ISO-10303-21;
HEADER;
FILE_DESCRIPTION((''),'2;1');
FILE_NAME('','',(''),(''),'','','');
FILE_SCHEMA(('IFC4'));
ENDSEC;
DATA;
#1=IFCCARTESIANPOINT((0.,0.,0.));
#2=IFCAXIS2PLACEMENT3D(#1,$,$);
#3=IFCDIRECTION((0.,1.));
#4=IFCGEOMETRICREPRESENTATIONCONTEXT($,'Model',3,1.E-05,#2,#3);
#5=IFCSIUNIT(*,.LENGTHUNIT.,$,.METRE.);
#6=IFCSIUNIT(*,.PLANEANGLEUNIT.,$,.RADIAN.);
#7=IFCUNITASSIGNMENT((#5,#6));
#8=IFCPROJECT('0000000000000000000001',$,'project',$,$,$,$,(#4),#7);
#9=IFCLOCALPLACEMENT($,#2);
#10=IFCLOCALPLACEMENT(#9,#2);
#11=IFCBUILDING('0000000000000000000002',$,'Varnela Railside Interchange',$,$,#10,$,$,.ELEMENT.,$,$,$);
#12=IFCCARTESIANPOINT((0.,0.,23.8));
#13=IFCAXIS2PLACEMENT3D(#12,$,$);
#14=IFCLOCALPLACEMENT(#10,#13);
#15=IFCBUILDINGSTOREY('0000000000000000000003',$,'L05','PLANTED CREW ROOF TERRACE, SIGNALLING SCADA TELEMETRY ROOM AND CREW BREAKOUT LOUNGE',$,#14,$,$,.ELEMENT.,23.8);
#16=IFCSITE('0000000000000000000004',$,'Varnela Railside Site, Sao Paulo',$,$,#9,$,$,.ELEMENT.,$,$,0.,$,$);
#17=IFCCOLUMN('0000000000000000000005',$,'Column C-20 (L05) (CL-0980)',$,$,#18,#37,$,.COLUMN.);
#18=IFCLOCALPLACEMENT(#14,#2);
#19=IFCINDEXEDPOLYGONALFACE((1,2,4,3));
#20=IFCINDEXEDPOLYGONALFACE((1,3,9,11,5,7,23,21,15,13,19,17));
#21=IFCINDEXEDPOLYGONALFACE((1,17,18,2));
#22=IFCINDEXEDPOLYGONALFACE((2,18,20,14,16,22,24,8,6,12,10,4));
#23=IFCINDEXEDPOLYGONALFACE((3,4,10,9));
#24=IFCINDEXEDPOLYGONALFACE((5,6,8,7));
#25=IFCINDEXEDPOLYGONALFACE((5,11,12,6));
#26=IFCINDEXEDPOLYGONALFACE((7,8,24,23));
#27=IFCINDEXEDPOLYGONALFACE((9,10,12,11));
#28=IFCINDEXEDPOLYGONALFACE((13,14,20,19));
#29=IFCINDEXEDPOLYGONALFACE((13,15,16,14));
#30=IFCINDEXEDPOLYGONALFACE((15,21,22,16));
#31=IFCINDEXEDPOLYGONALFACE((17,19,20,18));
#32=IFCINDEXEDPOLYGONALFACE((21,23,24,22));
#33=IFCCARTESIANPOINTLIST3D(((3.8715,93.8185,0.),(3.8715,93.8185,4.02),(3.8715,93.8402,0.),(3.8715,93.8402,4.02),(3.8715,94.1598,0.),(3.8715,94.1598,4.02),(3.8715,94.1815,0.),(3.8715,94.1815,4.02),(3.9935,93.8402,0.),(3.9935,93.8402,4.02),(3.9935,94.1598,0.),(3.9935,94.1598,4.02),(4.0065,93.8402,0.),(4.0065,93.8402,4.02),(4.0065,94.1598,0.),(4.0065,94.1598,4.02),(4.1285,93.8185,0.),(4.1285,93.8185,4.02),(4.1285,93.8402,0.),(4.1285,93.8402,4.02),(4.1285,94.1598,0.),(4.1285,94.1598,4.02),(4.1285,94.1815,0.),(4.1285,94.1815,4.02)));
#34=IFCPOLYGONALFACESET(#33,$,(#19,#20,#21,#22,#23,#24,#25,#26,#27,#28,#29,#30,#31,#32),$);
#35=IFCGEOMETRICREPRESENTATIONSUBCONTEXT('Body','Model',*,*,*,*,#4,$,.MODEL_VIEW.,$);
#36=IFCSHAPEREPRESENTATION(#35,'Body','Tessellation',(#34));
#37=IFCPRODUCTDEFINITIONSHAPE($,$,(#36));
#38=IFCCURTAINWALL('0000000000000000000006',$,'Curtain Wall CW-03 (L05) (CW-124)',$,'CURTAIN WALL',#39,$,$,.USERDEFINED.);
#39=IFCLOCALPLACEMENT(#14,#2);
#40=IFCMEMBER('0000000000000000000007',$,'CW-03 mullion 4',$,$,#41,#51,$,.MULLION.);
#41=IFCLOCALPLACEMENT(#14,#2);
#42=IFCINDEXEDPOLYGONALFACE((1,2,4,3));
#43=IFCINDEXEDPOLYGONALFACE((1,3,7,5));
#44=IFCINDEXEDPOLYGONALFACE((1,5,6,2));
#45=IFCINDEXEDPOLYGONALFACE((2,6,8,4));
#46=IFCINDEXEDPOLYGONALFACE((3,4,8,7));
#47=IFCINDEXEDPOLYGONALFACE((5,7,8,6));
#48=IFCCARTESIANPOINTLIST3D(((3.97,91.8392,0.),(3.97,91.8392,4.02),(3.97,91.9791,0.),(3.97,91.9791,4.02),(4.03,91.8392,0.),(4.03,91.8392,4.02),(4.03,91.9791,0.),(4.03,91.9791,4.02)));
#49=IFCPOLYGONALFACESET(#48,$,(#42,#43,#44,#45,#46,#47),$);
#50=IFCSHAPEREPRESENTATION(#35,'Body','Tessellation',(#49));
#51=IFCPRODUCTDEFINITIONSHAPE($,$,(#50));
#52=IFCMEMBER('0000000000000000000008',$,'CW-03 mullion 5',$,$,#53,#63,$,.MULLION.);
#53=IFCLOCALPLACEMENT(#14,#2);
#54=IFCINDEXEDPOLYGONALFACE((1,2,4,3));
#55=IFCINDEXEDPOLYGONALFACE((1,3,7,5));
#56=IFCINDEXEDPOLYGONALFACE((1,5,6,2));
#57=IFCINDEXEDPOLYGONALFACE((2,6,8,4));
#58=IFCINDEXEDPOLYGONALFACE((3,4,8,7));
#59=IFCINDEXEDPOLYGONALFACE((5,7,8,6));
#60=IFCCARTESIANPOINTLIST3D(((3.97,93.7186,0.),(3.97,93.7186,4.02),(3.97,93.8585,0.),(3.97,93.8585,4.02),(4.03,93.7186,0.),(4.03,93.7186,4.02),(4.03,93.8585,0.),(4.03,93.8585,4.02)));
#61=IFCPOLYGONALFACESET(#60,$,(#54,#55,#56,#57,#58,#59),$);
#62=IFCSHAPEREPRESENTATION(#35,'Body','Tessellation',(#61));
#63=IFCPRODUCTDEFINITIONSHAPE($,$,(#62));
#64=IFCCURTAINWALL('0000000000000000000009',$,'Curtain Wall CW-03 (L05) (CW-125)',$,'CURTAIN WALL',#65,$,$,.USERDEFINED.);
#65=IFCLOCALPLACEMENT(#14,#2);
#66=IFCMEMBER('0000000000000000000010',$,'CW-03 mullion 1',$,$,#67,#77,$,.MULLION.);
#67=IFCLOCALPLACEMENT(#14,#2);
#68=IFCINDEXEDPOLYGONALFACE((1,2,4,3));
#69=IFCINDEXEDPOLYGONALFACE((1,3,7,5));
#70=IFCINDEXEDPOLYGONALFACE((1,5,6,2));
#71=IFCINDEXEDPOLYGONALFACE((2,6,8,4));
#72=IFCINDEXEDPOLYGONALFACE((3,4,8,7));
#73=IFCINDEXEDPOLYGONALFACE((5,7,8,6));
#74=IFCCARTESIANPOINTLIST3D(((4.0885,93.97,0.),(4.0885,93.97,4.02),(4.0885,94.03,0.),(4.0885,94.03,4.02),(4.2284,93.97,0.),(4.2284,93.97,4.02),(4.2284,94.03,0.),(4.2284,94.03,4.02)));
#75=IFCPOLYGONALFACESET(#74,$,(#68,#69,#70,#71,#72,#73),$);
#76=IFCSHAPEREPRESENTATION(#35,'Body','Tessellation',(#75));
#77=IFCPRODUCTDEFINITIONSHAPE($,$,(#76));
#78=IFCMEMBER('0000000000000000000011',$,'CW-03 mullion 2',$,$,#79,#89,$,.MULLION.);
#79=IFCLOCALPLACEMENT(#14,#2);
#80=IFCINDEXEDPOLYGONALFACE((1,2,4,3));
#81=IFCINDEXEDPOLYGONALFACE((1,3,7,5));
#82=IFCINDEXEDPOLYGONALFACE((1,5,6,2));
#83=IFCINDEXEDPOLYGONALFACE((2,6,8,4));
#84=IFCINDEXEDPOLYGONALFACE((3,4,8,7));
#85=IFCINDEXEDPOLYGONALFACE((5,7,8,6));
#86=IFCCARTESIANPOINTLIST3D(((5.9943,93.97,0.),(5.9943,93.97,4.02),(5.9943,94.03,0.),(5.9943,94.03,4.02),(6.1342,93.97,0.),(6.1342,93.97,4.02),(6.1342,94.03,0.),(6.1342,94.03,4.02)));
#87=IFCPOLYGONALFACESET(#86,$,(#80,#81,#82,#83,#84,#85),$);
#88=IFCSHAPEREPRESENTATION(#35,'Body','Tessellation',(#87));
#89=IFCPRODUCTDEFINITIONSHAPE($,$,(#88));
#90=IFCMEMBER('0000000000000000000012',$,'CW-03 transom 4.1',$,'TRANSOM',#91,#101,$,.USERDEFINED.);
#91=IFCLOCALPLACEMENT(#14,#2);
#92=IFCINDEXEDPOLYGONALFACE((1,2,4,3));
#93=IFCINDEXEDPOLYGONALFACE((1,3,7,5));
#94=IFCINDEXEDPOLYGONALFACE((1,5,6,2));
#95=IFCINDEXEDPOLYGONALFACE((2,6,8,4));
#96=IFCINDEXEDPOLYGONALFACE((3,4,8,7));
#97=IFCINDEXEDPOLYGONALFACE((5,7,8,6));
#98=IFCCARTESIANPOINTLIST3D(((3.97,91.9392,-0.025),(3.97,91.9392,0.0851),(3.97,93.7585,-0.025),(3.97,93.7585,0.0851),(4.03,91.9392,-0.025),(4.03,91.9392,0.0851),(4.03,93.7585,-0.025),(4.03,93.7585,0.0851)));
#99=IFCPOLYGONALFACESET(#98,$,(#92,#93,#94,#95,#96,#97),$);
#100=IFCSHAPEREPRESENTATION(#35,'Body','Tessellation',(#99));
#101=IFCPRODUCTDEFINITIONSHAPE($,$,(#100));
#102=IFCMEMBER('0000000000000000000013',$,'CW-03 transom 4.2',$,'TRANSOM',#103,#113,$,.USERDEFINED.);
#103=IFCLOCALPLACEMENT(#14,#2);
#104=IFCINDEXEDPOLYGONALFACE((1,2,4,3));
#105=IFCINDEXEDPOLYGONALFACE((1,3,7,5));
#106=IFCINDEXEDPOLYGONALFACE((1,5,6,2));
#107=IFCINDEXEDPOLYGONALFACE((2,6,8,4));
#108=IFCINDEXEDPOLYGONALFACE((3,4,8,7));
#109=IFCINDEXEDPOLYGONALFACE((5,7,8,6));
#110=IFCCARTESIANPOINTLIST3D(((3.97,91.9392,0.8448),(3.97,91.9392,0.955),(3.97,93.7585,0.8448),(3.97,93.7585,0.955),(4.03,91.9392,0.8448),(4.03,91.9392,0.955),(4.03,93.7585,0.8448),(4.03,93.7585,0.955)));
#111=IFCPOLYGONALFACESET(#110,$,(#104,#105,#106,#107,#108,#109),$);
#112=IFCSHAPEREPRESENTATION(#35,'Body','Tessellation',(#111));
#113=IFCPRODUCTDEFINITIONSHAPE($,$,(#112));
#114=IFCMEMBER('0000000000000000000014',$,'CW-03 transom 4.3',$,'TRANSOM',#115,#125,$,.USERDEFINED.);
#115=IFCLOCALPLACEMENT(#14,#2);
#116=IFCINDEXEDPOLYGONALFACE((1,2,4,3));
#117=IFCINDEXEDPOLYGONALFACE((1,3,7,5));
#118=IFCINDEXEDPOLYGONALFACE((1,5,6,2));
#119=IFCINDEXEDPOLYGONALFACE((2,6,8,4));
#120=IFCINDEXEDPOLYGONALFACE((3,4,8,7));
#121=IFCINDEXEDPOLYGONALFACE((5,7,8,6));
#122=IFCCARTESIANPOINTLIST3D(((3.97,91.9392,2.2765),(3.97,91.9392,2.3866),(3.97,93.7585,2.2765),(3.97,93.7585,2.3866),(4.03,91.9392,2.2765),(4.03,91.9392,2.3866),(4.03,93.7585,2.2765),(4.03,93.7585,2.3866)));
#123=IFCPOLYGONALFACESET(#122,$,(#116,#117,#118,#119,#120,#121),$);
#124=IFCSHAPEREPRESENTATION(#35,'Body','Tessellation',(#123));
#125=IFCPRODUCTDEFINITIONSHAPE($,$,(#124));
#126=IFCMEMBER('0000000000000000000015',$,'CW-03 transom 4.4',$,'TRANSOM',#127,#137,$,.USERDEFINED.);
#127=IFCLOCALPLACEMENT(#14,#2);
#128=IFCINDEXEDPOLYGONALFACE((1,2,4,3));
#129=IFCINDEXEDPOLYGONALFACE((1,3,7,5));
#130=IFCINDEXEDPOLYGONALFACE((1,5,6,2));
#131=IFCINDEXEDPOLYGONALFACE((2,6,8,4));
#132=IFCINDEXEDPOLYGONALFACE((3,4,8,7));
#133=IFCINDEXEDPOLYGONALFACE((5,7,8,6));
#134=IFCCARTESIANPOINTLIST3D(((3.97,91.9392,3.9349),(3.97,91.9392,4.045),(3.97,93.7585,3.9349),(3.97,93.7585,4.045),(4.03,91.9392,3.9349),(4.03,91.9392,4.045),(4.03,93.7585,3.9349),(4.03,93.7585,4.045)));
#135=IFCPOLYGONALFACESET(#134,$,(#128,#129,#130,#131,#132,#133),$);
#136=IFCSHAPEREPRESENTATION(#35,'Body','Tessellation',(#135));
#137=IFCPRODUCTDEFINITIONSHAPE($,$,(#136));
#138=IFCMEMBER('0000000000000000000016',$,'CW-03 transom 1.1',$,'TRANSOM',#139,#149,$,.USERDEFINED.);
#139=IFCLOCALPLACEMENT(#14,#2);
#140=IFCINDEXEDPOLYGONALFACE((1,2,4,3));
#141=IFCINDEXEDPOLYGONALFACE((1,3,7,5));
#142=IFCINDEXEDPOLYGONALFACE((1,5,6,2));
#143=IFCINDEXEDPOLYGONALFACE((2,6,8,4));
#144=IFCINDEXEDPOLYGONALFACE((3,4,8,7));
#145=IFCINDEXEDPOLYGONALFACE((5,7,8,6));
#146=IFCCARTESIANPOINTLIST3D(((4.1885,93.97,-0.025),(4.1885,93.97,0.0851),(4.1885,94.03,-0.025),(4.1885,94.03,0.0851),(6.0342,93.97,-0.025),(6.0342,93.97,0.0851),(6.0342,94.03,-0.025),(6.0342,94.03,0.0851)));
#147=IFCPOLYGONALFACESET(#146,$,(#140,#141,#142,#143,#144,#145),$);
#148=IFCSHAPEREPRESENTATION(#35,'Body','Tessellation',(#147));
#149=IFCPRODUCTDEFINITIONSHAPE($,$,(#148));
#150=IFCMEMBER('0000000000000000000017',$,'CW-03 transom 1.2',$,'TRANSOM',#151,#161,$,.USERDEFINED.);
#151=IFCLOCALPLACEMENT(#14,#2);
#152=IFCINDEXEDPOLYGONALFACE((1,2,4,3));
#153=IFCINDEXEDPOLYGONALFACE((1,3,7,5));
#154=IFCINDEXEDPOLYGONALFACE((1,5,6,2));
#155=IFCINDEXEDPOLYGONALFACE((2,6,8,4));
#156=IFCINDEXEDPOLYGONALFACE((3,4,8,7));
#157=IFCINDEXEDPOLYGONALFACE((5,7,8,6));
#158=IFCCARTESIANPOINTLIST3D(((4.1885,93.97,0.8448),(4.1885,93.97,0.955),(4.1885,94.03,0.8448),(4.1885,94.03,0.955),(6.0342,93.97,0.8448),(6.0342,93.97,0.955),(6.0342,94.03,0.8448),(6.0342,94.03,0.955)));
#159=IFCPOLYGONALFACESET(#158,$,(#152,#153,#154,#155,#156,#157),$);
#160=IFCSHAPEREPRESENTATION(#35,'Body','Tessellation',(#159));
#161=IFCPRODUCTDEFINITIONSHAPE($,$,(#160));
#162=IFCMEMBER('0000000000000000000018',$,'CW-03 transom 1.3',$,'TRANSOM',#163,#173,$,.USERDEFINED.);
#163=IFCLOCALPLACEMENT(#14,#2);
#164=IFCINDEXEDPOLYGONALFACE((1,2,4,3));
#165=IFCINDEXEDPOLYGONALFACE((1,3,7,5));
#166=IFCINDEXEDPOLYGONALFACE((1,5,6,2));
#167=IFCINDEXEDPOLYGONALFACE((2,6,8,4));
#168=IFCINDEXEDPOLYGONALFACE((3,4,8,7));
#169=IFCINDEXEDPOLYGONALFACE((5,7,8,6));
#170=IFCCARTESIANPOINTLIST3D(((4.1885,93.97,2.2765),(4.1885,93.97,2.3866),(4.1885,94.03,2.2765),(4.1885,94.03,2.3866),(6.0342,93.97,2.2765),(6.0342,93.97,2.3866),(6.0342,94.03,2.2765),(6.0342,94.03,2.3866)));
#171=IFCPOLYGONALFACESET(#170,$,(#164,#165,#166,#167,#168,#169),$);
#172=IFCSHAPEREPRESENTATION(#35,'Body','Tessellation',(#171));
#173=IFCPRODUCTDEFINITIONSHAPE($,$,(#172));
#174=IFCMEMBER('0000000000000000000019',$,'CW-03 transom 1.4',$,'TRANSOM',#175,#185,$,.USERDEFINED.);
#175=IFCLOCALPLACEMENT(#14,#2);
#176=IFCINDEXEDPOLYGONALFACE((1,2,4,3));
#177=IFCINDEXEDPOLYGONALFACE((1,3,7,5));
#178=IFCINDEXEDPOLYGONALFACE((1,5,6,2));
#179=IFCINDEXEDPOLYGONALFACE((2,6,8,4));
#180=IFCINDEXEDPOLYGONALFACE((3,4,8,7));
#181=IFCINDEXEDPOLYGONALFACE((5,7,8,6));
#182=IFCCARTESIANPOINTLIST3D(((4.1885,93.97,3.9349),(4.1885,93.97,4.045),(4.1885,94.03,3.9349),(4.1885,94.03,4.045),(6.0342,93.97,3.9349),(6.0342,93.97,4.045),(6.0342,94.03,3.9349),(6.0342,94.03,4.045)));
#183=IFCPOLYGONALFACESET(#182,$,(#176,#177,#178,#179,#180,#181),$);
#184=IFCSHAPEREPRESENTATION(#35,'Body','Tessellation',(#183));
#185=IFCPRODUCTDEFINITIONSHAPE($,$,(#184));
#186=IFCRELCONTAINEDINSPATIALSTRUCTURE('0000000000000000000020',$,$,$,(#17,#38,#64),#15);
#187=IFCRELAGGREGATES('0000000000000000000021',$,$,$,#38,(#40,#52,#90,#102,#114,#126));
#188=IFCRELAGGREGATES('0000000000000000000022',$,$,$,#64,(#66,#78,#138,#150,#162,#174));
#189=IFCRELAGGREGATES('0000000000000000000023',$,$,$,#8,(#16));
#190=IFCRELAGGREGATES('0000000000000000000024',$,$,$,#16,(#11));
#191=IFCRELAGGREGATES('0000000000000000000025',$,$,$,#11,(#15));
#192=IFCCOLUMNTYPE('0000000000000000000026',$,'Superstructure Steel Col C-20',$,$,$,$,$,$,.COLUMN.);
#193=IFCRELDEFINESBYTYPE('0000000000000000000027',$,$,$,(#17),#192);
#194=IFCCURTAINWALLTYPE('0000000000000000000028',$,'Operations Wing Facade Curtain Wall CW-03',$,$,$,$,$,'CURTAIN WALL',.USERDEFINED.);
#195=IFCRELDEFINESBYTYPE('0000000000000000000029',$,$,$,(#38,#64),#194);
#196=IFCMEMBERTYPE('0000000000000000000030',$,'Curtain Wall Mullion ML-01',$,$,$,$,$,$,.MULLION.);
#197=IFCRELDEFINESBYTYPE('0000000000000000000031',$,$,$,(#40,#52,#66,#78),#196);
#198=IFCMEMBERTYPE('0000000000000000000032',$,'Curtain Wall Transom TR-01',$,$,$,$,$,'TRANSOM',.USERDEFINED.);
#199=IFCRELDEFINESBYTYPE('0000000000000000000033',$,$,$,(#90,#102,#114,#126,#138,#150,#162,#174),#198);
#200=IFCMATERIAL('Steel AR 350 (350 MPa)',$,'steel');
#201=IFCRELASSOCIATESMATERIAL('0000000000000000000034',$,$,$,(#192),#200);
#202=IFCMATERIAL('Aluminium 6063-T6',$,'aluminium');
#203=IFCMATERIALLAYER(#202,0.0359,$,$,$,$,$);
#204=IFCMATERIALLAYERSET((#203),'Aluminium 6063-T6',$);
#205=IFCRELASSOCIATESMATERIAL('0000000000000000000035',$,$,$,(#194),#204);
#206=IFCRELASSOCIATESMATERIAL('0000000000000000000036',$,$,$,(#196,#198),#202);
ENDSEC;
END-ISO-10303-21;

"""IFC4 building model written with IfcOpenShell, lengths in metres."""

from ifc_helpers import new_model, si_unit, direction, frame, origin, origin_2d, place, context, subcontext, project, spatial, rectangle, i_section, extrude, material, layer, layer_set, material_profile, profile_set, type_object, element, aggregate, save


model = new_model("IFC4")

# Units and contexts
model_context = context("Model", 3, precision=1e-05, world=origin(), true_north=direction((0.0, 1.0)))
body_context = subcontext(model_context, "Body", "Model", "MODEL_VIEW")
ifc_project = project(units=[si_unit("LENGTHUNIT", "METRE"), si_unit("PLANEANGLEUNIT", "RADIAN")], contexts=[model_context])

# Site, building, storey
site_placement = place(None, origin())
site = spatial("IfcSite", under=ifc_project, at=site_placement, Name="Varnela Railside Site, Sao Paulo", CompositionType="ELEMENT", RefElevation=0.0)
building_placement = place(site_placement, origin())
building = spatial("IfcBuilding", under=site, at=building_placement, Name="Varnela Railside Interchange", CompositionType="ELEMENT")
storey_placement = place(building_placement, frame((0.0, 0.0, 23.8)))
storey = spatial("IfcBuildingStorey", under=building, at=storey_placement, Name="L05", Description="PLANTED CREW ROOF TERRACE, SIGNALLING SCADA TELEMETRY ROOM AND CREW BREAKOUT LOUNGE", CompositionType="ELEMENT", Elevation=23.8)

# Column
ifc_material_1 = material(Name="Steel AR 350 (350 MPa)", Category="steel")
ifc_material_profile_1 = material_profile(ifc_material_1, i_section(OverallWidth=0.2571, OverallDepth=0.363, WebThickness=0.0129, FlangeThickness=0.0217, at=origin_2d()), Name="W360x122")
ifc_profile_set_1 = profile_set([ifc_material_profile_1], Name="Steel AR 350 (350 MPa)")
column_type = type_object("IfcColumnType", Name="Superstructure Steel Col C-20", PredefinedType="COLUMN", material=ifc_profile_set_1)
column_placement = place(storey_placement, frame((4.0, 94.0, 0.0), z_axis=(0.0, 0.0, 1.0), x_axis=(1.0, 0.0, 0.0)))
element("IfcColumn", 1, at=column_placement, inside=storey, type_object=column_type, Name="Column C-20 (L05) (CL-0980)", PredefinedType="COLUMN", context=body_context, shape_type="SweptSolid", body=[
    extrude(i_section(OverallWidth=0.2571, OverallDepth=0.363, WebThickness=0.0129, FlangeThickness=0.0217, at=origin_2d()), origin(), (0.0, 0.0, 1.0), 4.02),
])

# Curtain walls, members
ifc_material_2 = material(Name="Aluminium 6063-T6", Category="aluminium")
ifc_layer_1 = layer(ifc_material_2, 0.0359)
ifc_layer_set_1 = layer_set([ifc_layer_1], Name="Aluminium 6063-T6")
curtain_wall_type = type_object("IfcCurtainWallType", Name="Operations Wing Facade Curtain Wall CW-03", ElementType="CURTAIN WALL", PredefinedType="USERDEFINED", material=ifc_layer_set_1)
curtain_wall_1_placement = place(storey_placement, origin())
curtain_wall_1 = element("IfcCurtainWall", 2, at=curtain_wall_1_placement, inside=storey, type_object=curtain_wall_type, Name="Curtain Wall CW-03 (L05) (CW-124)", ObjectType="CURTAIN WALL", PredefinedType="USERDEFINED")
ifc_material_profile_2 = material_profile(ifc_material_2, rectangle(XDim=0.0601, YDim=0.1399, at=origin_2d()), Name="ALU 60x140")
ifc_profile_set_2 = profile_set([ifc_material_profile_2], Name="Aluminium 6063-T6")
member_type_1 = type_object("IfcMemberType", Name="Curtain Wall Mullion ML-01", PredefinedType="MULLION", material=ifc_profile_set_2)
member_1_placement = place(storey_placement, frame((4.0, 91.9092, 0.0), z_axis=(0.0, 0.0, 1.0), x_axis=(-1.0, 0.0, 0.0)))
member_1 = element("IfcMember", 3, at=member_1_placement, type_object=member_type_1, Name="CW-03 mullion 4", PredefinedType="MULLION", context=body_context, shape_type="SweptSolid", body=[
    extrude(rectangle(XDim=0.0601, YDim=0.1399, at=origin_2d()), origin(), (0.0, 0.0, 1.0), 4.02),
])
member_2_placement = place(storey_placement, frame((4.0, 93.7886, 0.0), z_axis=(0.0, 0.0, 1.0), x_axis=(-1.0, 0.0, 0.0)))
member_2 = element("IfcMember", 4, at=member_2_placement, type_object=member_type_1, Name="CW-03 mullion 5", PredefinedType="MULLION", context=body_context, shape_type="SweptSolid", body=[
    extrude(rectangle(XDim=0.0601, YDim=0.1399, at=origin_2d()), origin(), (0.0, 0.0, 1.0), 4.02),
])
curtain_wall_2_placement = place(storey_placement, origin())
curtain_wall_2 = element("IfcCurtainWall", 5, at=curtain_wall_2_placement, inside=storey, type_object=curtain_wall_type, Name="Curtain Wall CW-03 (L05) (CW-125)", ObjectType="CURTAIN WALL", PredefinedType="USERDEFINED")
member_3_placement = place(storey_placement, frame((4.1584, 94.0, 0.0), z_axis=(0.0, 0.0, 1.0), x_axis=(0.0, 1.0, 0.0)))
member_3 = element("IfcMember", 6, at=member_3_placement, type_object=member_type_1, Name="CW-03 mullion 1", PredefinedType="MULLION", context=body_context, shape_type="SweptSolid", body=[
    extrude(rectangle(XDim=0.0601, YDim=0.1399, at=origin_2d()), origin(), (0.0, 0.0, 1.0), 4.02),
])
member_4_placement = place(storey_placement, frame((6.0642, 94.0, 0.0), z_axis=(0.0, 0.0, 1.0), x_axis=(0.0, 1.0, 0.0)))
member_4 = element("IfcMember", 7, at=member_4_placement, type_object=member_type_1, Name="CW-03 mullion 2", PredefinedType="MULLION", context=body_context, shape_type="SweptSolid", body=[
    extrude(rectangle(XDim=0.0601, YDim=0.1399, at=origin_2d()), origin(), (0.0, 0.0, 1.0), 4.02),
])

# Members
ifc_material_profile_3 = material_profile(ifc_material_2, rectangle(XDim=0.0601, YDim=0.1101, at=origin_2d()), Name="ALU 60x110")
ifc_profile_set_3 = profile_set([ifc_material_profile_3], Name="Aluminium 6063-T6")
member_type_2 = type_object("IfcMemberType", Name="Curtain Wall Transom TR-01", ElementType="TRANSOM", PredefinedType="USERDEFINED", material=ifc_profile_set_3)
member_5_placement = place(storey_placement, frame((4.0, 91.9392, 0.03), z_axis=(0.0, 1.0, 0.0), x_axis=(-1.0, 0.0, 0.0)))
member_5 = element("IfcMember", 8, at=member_5_placement, type_object=member_type_2, Name="CW-03 transom 4.1", ObjectType="TRANSOM", PredefinedType="USERDEFINED", context=body_context, shape_type="SweptSolid", body=[
    extrude(rectangle(XDim=0.0601, YDim=0.1101, at=origin_2d()), origin(), (0.0, 0.0, 1.0), 1.8193),
])
member_6_placement = place(storey_placement, frame((4.0, 91.9392, 0.8999), z_axis=(0.0, 1.0, 0.0), x_axis=(-1.0, 0.0, 0.0)))
member_6 = element("IfcMember", 9, at=member_6_placement, type_object=member_type_2, Name="CW-03 transom 4.2", ObjectType="TRANSOM", PredefinedType="USERDEFINED", context=body_context, shape_type="SweptSolid", body=[
    extrude(rectangle(XDim=0.0601, YDim=0.1101, at=origin_2d()), origin(), (0.0, 0.0, 1.0), 1.8193),
])
member_7_placement = place(storey_placement, frame((4.0, 91.9392, 2.3315), z_axis=(0.0, 1.0, 0.0), x_axis=(-1.0, 0.0, 0.0)))
member_7 = element("IfcMember", 10, at=member_7_placement, type_object=member_type_2, Name="CW-03 transom 4.3", ObjectType="TRANSOM", PredefinedType="USERDEFINED", context=body_context, shape_type="SweptSolid", body=[
    extrude(rectangle(XDim=0.0601, YDim=0.1101, at=origin_2d()), origin(), (0.0, 0.0, 1.0), 1.8193),
])
member_8_placement = place(storey_placement, frame((4.0, 91.9392, 3.99), z_axis=(0.0, 1.0, 0.0), x_axis=(-1.0, 0.0, 0.0)))
member_8 = element("IfcMember", 11, at=member_8_placement, type_object=member_type_2, Name="CW-03 transom 4.4", ObjectType="TRANSOM", PredefinedType="USERDEFINED", context=body_context, shape_type="SweptSolid", body=[
    extrude(rectangle(XDim=0.0601, YDim=0.1101, at=origin_2d()), origin(), (0.0, 0.0, 1.0), 1.8193),
])
member_9_placement = place(storey_placement, frame((4.1885, 94.0, 0.03), z_axis=(1.0, 0.0, 0.0), x_axis=(0.0, 1.0, 0.0)))
member_9 = element("IfcMember", 12, at=member_9_placement, type_object=member_type_2, Name="CW-03 transom 1.1", ObjectType="TRANSOM", PredefinedType="USERDEFINED", context=body_context, shape_type="SweptSolid", body=[
    extrude(rectangle(XDim=0.0601, YDim=0.1101, at=origin_2d()), origin(), (0.0, 0.0, 1.0), 1.8457),
])
member_10_placement = place(storey_placement, frame((4.1885, 94.0, 0.8999), z_axis=(1.0, 0.0, 0.0), x_axis=(0.0, 1.0, 0.0)))
member_10 = element("IfcMember", 13, at=member_10_placement, type_object=member_type_2, Name="CW-03 transom 1.2", ObjectType="TRANSOM", PredefinedType="USERDEFINED", context=body_context, shape_type="SweptSolid", body=[
    extrude(rectangle(XDim=0.0601, YDim=0.1101, at=origin_2d()), origin(), (0.0, 0.0, 1.0), 1.8457),
])
member_11_placement = place(storey_placement, frame((4.1885, 94.0, 2.3315), z_axis=(1.0, 0.0, 0.0), x_axis=(0.0, 1.0, 0.0)))
member_11 = element("IfcMember", 14, at=member_11_placement, type_object=member_type_2, Name="CW-03 transom 1.3", ObjectType="TRANSOM", PredefinedType="USERDEFINED", context=body_context, shape_type="SweptSolid", body=[
    extrude(rectangle(XDim=0.0601, YDim=0.1101, at=origin_2d()), origin(), (0.0, 0.0, 1.0), 1.8457),
])
member_12_placement = place(storey_placement, frame((4.1885, 94.0, 3.99), z_axis=(1.0, 0.0, 0.0), x_axis=(0.0, 1.0, 0.0)))
member_12 = element("IfcMember", 15, at=member_12_placement, type_object=member_type_2, Name="CW-03 transom 1.4", ObjectType="TRANSOM", PredefinedType="USERDEFINED", context=body_context, shape_type="SweptSolid", body=[
    extrude(rectangle(XDim=0.0601, YDim=0.1101, at=origin_2d()), origin(), (0.0, 0.0, 1.0), 1.8457),
])

aggregate(curtain_wall_1, [member_1, member_2, member_5, member_6, member_7, member_8])
aggregate(curtain_wall_2, [member_3, member_4, member_9, member_10, member_11, member_12])

save(model, "model.ifc")
